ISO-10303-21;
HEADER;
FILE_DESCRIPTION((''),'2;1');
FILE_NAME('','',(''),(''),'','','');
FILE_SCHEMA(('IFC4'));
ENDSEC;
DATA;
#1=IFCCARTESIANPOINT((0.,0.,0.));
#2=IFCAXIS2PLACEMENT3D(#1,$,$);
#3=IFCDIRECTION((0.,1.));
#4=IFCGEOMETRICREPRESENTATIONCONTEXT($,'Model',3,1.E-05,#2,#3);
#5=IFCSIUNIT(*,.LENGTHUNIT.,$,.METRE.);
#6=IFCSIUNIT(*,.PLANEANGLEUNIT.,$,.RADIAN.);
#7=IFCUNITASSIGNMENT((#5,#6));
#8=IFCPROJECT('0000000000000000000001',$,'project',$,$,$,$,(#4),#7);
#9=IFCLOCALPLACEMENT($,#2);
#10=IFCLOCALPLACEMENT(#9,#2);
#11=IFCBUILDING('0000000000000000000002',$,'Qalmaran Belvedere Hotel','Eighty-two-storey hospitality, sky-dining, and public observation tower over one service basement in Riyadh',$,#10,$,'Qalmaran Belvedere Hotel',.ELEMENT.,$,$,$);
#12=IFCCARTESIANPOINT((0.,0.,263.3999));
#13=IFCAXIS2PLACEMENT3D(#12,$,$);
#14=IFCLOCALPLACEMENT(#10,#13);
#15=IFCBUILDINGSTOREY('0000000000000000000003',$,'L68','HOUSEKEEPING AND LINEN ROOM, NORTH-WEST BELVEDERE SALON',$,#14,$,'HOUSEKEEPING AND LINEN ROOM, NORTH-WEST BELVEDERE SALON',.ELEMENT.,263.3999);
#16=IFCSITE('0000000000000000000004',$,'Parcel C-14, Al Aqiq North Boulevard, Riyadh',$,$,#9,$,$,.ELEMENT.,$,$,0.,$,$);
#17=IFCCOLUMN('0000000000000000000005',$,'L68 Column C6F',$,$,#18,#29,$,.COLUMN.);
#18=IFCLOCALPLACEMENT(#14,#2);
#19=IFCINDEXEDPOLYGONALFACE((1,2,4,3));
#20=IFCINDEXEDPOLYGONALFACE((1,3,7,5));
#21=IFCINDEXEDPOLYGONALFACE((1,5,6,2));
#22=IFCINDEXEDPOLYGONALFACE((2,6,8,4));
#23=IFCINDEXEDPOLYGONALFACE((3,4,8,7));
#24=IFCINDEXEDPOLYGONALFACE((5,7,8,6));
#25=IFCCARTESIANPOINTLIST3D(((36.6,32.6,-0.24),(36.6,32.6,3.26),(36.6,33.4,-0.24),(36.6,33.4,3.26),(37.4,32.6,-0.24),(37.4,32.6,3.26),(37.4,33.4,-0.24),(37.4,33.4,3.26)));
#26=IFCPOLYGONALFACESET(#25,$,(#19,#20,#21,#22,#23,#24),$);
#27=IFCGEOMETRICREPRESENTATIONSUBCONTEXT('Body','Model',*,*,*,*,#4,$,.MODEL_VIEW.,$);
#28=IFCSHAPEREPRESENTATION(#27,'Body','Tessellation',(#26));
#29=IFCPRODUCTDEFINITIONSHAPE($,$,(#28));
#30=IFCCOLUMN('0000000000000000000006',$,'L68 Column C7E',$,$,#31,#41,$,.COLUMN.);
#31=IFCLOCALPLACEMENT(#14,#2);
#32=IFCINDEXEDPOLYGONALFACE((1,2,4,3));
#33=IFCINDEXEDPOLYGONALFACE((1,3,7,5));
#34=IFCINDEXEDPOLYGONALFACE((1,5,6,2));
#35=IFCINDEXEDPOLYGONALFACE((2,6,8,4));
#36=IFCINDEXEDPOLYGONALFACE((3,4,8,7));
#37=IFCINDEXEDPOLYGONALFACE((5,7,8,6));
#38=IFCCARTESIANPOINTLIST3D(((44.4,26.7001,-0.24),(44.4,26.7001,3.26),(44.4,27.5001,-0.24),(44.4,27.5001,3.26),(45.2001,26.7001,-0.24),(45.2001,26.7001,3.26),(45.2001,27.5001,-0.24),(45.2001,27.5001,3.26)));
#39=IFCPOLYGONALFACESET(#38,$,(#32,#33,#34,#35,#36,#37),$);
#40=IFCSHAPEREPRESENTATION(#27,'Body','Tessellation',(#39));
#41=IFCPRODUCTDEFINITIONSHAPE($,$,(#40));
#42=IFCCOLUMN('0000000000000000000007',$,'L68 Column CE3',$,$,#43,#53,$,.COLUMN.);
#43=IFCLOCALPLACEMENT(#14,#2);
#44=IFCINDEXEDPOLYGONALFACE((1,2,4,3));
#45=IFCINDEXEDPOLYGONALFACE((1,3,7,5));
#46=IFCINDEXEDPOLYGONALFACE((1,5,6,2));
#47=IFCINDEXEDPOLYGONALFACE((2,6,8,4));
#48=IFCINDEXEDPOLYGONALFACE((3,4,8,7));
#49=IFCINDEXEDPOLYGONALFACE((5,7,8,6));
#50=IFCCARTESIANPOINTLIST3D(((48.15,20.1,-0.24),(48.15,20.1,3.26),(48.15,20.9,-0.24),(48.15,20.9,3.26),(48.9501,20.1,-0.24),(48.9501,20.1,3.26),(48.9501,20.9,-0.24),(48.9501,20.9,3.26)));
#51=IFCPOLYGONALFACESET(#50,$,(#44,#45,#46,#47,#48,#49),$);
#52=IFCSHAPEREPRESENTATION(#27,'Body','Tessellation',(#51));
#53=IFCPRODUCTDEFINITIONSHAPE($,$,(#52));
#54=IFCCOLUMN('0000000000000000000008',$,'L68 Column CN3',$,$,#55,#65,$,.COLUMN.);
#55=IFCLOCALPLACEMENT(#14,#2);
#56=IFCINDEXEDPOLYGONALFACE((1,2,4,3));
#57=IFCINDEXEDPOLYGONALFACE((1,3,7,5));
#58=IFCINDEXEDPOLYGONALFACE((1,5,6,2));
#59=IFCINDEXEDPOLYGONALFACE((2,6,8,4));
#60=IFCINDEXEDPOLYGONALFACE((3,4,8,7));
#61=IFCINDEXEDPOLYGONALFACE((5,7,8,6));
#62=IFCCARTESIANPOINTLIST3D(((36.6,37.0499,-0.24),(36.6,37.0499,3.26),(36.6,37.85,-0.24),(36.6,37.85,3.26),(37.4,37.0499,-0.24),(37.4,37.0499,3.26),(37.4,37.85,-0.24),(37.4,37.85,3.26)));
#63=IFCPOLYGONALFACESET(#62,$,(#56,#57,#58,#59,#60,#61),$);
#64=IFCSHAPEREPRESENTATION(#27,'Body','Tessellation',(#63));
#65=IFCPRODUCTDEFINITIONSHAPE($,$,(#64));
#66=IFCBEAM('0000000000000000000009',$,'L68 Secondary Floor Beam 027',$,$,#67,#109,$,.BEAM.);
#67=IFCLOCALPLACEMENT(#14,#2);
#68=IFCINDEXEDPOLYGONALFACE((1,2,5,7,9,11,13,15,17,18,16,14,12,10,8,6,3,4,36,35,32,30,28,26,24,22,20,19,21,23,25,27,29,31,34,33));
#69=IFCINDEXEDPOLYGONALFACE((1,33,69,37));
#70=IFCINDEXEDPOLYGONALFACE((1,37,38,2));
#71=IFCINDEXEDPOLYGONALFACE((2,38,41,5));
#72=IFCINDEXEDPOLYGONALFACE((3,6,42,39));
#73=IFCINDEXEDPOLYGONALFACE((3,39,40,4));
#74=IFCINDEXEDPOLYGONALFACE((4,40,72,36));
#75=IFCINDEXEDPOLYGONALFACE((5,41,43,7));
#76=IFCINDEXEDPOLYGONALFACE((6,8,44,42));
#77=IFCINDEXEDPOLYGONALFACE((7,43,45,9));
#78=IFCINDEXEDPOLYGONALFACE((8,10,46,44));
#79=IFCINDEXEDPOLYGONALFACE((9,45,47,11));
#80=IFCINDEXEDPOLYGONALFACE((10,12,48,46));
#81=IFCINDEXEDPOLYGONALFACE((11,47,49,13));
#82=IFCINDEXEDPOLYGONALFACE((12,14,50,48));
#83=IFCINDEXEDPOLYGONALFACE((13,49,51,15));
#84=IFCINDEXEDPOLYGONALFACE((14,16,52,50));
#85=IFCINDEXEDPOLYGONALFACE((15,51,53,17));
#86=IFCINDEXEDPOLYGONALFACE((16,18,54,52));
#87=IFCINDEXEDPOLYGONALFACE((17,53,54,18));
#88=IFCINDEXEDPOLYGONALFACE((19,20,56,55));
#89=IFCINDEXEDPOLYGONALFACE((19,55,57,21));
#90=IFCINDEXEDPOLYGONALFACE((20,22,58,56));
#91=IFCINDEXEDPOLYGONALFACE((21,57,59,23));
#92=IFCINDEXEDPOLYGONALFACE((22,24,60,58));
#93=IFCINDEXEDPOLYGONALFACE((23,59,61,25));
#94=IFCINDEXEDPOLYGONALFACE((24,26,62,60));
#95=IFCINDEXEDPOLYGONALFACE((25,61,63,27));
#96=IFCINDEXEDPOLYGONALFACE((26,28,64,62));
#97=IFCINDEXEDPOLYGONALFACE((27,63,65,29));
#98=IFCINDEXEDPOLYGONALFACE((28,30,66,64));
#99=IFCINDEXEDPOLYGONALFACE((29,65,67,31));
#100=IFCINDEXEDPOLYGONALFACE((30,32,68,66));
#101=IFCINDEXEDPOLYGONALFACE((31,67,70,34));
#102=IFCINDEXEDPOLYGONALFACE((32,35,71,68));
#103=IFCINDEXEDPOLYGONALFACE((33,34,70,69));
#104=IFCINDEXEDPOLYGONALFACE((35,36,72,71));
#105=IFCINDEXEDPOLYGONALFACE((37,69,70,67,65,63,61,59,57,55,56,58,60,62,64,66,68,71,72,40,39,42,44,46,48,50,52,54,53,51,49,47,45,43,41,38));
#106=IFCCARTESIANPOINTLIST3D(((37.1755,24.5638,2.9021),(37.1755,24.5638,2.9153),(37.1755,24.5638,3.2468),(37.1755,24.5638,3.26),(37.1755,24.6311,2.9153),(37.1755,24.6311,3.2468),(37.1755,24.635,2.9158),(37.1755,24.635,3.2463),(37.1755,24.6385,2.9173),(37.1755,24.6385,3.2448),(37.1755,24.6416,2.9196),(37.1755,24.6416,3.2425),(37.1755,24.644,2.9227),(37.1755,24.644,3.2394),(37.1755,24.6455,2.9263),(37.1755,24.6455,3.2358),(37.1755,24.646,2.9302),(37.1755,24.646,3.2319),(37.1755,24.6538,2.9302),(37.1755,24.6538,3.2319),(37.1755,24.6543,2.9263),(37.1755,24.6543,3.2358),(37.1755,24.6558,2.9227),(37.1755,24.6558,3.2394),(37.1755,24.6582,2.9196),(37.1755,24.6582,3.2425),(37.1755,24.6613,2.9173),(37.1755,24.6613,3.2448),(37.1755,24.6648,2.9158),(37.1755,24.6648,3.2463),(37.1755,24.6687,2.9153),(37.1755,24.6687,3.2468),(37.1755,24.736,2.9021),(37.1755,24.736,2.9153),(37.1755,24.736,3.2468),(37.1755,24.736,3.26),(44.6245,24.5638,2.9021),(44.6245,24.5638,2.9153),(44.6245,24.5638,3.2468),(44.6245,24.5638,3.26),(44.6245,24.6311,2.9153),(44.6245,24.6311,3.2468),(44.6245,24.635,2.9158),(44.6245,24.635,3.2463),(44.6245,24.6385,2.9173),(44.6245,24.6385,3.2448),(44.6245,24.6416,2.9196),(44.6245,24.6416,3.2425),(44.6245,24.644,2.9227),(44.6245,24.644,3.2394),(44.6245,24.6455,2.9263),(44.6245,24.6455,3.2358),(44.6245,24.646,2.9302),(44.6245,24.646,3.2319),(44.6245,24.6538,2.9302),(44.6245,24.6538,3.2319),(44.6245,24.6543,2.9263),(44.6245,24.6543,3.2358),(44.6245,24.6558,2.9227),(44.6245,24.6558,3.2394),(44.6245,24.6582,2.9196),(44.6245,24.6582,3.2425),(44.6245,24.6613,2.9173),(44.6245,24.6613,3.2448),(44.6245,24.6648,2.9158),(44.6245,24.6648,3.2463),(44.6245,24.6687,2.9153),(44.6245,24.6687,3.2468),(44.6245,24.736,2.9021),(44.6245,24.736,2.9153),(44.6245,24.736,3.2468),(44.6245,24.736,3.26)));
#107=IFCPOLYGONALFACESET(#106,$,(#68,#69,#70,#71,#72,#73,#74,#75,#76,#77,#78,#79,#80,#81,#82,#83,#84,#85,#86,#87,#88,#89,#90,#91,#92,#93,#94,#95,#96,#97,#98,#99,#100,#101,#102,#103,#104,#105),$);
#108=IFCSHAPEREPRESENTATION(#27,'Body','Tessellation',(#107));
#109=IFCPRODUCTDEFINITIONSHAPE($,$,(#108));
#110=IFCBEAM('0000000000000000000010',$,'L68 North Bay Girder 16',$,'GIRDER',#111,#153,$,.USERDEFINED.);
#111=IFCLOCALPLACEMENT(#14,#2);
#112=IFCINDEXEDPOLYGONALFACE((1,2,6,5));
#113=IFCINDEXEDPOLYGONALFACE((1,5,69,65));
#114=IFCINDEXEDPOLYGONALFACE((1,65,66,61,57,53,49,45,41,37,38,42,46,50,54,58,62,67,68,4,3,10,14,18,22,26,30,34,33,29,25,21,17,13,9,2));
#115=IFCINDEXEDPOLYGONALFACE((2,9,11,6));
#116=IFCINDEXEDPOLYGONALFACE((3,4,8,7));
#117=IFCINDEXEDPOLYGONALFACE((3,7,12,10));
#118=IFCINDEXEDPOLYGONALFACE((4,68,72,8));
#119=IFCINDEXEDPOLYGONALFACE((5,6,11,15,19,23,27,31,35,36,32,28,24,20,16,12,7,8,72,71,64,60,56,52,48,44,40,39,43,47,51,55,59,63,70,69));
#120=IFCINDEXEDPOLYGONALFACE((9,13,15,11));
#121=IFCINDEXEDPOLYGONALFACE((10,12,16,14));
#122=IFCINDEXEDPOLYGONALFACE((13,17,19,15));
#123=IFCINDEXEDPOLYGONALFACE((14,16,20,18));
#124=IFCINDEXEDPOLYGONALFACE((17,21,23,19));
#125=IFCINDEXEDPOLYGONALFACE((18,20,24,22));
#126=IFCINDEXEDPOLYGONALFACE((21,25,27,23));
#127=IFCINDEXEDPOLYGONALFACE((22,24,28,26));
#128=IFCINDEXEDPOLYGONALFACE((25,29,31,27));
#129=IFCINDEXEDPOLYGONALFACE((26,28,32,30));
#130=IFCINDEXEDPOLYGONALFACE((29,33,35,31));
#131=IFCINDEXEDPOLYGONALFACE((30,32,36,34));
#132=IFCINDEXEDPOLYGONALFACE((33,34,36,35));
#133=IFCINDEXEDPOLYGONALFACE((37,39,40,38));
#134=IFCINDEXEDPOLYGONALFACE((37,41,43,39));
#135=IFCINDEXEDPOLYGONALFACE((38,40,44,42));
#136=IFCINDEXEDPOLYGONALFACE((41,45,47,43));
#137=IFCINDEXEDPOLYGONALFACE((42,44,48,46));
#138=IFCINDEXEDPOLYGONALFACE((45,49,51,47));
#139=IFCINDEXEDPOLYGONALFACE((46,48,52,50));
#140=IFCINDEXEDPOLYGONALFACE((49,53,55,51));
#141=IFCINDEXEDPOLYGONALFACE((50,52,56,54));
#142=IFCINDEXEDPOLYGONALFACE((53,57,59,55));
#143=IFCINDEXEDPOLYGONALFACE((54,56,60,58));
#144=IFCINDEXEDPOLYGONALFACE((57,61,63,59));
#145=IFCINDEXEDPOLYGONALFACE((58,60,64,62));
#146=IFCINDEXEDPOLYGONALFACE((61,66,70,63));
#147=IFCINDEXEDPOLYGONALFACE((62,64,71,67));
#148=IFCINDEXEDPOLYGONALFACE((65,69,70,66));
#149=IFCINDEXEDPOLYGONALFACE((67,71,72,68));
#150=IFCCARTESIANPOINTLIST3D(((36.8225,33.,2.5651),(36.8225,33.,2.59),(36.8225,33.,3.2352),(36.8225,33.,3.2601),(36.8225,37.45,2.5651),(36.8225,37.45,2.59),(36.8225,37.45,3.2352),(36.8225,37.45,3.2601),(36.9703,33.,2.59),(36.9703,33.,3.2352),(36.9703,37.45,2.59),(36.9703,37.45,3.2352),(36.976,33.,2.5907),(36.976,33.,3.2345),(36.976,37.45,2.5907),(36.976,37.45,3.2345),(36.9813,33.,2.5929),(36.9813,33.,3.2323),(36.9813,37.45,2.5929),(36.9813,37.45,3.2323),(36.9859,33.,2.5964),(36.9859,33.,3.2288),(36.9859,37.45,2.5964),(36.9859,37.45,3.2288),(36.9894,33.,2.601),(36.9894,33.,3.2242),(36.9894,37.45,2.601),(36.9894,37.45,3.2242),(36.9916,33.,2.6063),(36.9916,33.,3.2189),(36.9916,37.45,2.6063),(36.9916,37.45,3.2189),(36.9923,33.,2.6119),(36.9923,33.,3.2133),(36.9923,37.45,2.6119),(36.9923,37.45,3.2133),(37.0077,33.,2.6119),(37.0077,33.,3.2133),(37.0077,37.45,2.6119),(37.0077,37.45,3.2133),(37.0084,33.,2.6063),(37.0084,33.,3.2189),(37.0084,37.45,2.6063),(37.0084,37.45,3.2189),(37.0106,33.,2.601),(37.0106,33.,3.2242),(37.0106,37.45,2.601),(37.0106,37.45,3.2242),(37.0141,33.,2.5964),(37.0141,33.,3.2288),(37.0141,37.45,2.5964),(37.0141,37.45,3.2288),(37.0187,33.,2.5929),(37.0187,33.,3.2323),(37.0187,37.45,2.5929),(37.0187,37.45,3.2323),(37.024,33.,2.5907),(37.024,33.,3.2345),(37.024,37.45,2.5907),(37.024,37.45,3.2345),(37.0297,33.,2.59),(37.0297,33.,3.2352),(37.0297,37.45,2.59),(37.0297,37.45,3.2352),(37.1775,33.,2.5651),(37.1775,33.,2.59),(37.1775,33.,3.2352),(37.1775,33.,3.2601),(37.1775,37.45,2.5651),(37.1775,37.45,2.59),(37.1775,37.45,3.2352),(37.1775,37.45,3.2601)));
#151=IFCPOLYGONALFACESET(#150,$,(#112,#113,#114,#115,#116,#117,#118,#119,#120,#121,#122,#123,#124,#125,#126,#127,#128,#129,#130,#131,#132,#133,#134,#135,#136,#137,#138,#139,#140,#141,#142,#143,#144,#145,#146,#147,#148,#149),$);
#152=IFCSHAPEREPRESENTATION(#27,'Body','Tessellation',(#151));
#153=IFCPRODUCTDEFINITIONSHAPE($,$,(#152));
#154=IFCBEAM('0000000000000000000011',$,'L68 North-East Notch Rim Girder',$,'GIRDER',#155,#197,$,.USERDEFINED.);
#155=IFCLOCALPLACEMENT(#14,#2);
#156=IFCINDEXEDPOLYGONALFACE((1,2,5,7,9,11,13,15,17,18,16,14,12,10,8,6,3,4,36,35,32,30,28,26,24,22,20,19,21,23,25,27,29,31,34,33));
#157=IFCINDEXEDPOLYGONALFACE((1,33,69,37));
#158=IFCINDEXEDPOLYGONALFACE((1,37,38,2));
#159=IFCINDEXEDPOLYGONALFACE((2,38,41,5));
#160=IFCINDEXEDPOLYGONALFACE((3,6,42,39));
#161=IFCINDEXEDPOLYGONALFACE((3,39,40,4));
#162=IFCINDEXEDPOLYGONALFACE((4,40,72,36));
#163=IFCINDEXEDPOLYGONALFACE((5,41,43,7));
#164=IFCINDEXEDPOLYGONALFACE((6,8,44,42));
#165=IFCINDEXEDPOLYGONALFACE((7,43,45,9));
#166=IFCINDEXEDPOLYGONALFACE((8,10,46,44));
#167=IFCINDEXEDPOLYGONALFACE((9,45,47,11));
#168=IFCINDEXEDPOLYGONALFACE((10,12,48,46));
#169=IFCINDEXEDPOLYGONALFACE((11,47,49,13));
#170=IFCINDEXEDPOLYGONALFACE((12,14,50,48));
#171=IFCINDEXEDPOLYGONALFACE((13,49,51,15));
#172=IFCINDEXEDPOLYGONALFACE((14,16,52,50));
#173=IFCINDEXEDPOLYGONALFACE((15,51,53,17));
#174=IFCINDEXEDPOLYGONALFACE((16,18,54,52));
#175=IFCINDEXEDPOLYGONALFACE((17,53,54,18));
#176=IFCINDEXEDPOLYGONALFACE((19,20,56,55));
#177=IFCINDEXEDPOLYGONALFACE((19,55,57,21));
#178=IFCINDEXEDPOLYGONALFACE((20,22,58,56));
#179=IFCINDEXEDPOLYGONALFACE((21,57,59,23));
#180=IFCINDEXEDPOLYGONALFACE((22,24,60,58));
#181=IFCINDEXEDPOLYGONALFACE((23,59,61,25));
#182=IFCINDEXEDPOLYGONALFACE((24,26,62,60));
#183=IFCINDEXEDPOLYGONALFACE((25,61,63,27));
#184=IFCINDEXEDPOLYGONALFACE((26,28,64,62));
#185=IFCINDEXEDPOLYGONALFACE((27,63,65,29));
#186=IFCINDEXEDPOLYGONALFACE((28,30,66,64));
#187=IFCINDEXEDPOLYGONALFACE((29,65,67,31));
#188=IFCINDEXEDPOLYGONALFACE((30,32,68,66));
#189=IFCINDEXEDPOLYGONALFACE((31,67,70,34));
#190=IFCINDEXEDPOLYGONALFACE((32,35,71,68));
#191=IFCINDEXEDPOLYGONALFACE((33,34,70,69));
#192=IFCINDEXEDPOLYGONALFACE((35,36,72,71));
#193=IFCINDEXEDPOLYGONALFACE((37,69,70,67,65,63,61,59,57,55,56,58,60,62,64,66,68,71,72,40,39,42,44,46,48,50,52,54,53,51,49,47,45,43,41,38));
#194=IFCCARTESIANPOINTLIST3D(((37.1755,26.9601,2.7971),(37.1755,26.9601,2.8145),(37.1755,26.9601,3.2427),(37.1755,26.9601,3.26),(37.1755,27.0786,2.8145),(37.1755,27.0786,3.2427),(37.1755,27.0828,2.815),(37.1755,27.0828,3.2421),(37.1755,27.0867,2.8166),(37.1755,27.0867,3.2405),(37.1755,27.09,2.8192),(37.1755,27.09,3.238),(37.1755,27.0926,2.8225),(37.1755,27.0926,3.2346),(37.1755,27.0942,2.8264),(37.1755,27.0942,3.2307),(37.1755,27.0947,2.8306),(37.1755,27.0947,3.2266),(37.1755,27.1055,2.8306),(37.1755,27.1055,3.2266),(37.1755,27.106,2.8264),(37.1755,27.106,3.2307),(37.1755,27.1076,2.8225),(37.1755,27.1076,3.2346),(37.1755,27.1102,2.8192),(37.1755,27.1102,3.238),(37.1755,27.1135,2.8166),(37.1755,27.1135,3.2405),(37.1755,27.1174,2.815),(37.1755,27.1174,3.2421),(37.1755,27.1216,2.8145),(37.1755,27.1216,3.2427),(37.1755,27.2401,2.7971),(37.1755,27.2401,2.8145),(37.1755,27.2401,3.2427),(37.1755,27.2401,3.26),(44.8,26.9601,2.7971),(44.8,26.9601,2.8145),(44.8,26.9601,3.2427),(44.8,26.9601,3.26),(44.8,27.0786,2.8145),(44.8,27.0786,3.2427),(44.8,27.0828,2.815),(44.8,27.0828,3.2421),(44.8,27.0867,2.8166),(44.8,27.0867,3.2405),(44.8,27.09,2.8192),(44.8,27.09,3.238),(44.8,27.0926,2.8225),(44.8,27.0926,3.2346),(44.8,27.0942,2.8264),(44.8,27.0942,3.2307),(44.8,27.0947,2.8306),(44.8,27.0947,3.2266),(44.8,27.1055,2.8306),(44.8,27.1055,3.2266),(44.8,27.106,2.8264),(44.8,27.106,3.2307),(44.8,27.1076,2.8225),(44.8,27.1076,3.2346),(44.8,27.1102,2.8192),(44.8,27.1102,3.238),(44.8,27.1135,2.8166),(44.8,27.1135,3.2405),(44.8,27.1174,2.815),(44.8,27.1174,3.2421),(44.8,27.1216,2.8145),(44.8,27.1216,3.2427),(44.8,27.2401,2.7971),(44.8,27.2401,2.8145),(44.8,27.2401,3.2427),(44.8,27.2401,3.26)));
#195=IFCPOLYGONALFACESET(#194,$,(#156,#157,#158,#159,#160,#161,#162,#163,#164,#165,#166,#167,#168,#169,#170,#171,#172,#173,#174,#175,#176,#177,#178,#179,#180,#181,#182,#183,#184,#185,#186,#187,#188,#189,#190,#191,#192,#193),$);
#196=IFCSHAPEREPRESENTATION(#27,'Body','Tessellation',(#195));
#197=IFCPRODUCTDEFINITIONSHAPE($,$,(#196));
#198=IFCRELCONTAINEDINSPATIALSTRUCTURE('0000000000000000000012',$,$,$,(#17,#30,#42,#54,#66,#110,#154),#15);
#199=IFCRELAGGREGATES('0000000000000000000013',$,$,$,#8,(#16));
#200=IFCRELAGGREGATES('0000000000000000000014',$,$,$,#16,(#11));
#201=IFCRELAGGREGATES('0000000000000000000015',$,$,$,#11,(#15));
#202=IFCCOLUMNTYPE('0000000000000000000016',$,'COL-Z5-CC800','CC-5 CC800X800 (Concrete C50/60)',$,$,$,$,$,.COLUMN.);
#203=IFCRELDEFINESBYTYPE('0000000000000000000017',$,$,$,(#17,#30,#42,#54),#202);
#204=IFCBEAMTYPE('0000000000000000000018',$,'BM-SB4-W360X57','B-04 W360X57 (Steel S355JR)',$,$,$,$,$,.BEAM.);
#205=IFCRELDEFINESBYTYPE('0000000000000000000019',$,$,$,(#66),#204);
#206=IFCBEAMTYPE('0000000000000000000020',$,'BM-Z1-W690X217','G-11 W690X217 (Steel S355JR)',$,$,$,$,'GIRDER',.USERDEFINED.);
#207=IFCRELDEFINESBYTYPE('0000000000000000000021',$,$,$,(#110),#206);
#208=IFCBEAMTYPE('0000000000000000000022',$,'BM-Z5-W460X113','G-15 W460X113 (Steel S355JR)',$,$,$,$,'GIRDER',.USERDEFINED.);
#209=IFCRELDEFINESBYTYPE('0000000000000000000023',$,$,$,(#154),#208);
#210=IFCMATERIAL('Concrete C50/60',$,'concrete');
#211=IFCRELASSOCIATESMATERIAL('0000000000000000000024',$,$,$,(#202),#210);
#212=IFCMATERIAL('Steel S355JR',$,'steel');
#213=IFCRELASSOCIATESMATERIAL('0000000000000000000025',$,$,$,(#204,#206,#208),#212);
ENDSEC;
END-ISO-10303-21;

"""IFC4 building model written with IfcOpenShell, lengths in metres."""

from ifc_helpers import new_model, si_unit, direction, frame, origin, origin_2d, place, context, subcontext, project, spatial, rectangle, i_section, extrude, material, material_profile, profile_set, type_object, element, save


model = new_model("IFC4")

# Units and contexts
model_context = context("Model", 3, precision=1e-05, world=origin(), true_north=direction((0.0, 1.0)))
body_context = subcontext(model_context, "Body", "Model", "MODEL_VIEW")
ifc_project = project(units=[si_unit("LENGTHUNIT", "METRE"), si_unit("PLANEANGLEUNIT", "RADIAN")], contexts=[model_context])

# Site, building, storey
site_placement = place(None, origin())
site = spatial("IfcSite", under=ifc_project, at=site_placement, Name="Parcel C-14, Al Aqiq North Boulevard, Riyadh", CompositionType="ELEMENT", RefElevation=0.0)
building_placement = place(site_placement, origin())
building = spatial("IfcBuilding", under=site, at=building_placement, Name="Qalmaran Belvedere Hotel", Description="Eighty-two-storey hospitality, sky-dining, and public observation tower over one service basement in Riyadh", LongName="Qalmaran Belvedere Hotel", CompositionType="ELEMENT")
storey_placement = place(building_placement, frame((0.0, 0.0, 263.3999)))
storey = spatial("IfcBuildingStorey", under=building, at=storey_placement, Name="L68", Description="HOUSEKEEPING AND LINEN ROOM, NORTH-WEST BELVEDERE SALON", LongName="HOUSEKEEPING AND LINEN ROOM, NORTH-WEST BELVEDERE SALON", CompositionType="ELEMENT", Elevation=263.3999)

# Columns
ifc_material_1 = material(Name="Concrete C50/60", Category="concrete")
ifc_material_profile_1 = material_profile(ifc_material_1, rectangle(XDim=0.8, YDim=0.8, at=origin_2d()), Name="CC800X800")
ifc_profile_set_1 = profile_set([ifc_material_profile_1], Name="Concrete C50/60")
column_type = type_object("IfcColumnType", Name="COL-Z5-CC800", Description="CC-5 CC800X800 (Concrete C50/60)", PredefinedType="COLUMN", material=ifc_profile_set_1)
for number, where, z_axis, x_axis, name in (
    (1, (37.0, 33.0, -0.24), (0.0, 0.0, 1.0), (1.0, 0.0, 0.0), "L68 Column C6F"),
    (2, (44.8, 27.1001, -0.24), (0.0, 0.0, 1.0), (1.0, 0.0, 0.0), "L68 Column C7E"),
    (3, (48.55, 20.5, -0.24), (0.0, 0.0, 1.0), (1.0, 0.0, 0.0), "L68 Column CE3"),
    (4, (37.0, 37.45, -0.24), (0.0, 0.0, 1.0), (1.0, 0.0, 0.0), "L68 Column CN3"),
):
    element("IfcColumn", number, at=place(storey_placement, frame(where, z_axis=z_axis, x_axis=x_axis)), inside=storey, type_object=column_type, Name=name, PredefinedType="COLUMN", context=body_context, shape_type="SweptSolid", body=[
        extrude(rectangle(XDim=0.8, YDim=0.8, at=origin_2d()), origin(), (0.0, 0.0, 1.0), 3.5),
    ])

# Beams
ifc_material_2 = material(Name="Steel S355JR", Category="steel")
ifc_material_profile_2 = material_profile(ifc_material_2, i_section(OverallWidth=0.1721, OverallDepth=0.3579, WebThickness=0.0078, FlangeThickness=0.0132, FilletRadius=0.0149, at=origin_2d()), Name="W360X57")
ifc_profile_set_2 = profile_set([ifc_material_profile_2], Name="Steel S355JR")
beam_type_1 = type_object("IfcBeamType", Name="BM-SB4-W360X57", Description="B-04 W360X57 (Steel S355JR)", PredefinedType="BEAM", material=ifc_profile_set_2)
beam_1_placement = place(storey_placement, frame((37.1755, 24.6499, 3.0811), z_axis=(1.0, 0.0, 0.0), x_axis=(0.0, 1.0, 0.0)))
element("IfcBeam", 5, at=beam_1_placement, inside=storey, type_object=beam_type_1, Name="L68 Secondary Floor Beam 027", PredefinedType="BEAM", context=body_context, shape_type="SweptSolid", body=[
    extrude(i_section(OverallWidth=0.1721, OverallDepth=0.3579, WebThickness=0.0078, FlangeThickness=0.0132, FilletRadius=0.0149, at=origin_2d()), origin(), (0.0, 0.0, 1.0), 7.449),
])
ifc_material_profile_3 = material_profile(ifc_material_2, i_section(OverallWidth=0.355, OverallDepth=0.6951, WebThickness=0.0154, FlangeThickness=0.0249, FilletRadius=0.022, at=origin_2d()), Name="W690X217")
ifc_profile_set_3 = profile_set([ifc_material_profile_3], Name="Steel S355JR")
beam_type_2 = type_object("IfcBeamType", Name="BM-Z1-W690X217", Description="G-11 W690X217 (Steel S355JR)", ElementType="GIRDER", PredefinedType="USERDEFINED", material=ifc_profile_set_3)
beam_2_placement = place(storey_placement, frame((37.0, 33.0, 2.9126), z_axis=(0.0, 1.0, 0.0), x_axis=(-1.0, 0.0, 0.0)))
element("IfcBeam", 6, at=beam_2_placement, inside=storey, type_object=beam_type_2, Name="L68 North Bay Girder 16", ObjectType="GIRDER", PredefinedType="USERDEFINED", context=body_context, shape_type="SweptSolid", body=[
    extrude(i_section(OverallWidth=0.355, OverallDepth=0.6951, WebThickness=0.0154, FlangeThickness=0.0249, FilletRadius=0.022, at=origin_2d()), origin(), (0.0, 0.0, 1.0), 4.45),
])
ifc_material_profile_4 = material_profile(ifc_material_2, i_section(OverallWidth=0.28, OverallDepth=0.4629, WebThickness=0.0107, FlangeThickness=0.0173, FilletRadius=0.0161, at=origin_2d()), Name="W460X113")
ifc_profile_set_4 = profile_set([ifc_material_profile_4], Name="Steel S355JR")
beam_type_3 = type_object("IfcBeamType", Name="BM-Z5-W460X113", Description="G-15 W460X113 (Steel S355JR)", ElementType="GIRDER", PredefinedType="USERDEFINED", material=ifc_profile_set_4)
beam_3_placement = place(storey_placement, frame((37.1755, 27.1001, 3.0286), z_axis=(1.0, 0.0, 0.0), x_axis=(0.0, 1.0, 0.0)))
element("IfcBeam", 7, at=beam_3_placement, inside=storey, type_object=beam_type_3, Name="L68 North-East Notch Rim Girder", ObjectType="GIRDER", PredefinedType="USERDEFINED", context=body_context, shape_type="SweptSolid", body=[
    extrude(i_section(OverallWidth=0.28, OverallDepth=0.4629, WebThickness=0.0107, FlangeThickness=0.0173, FilletRadius=0.0161, at=origin_2d()), origin(), (0.0, 0.0, 1.0), 7.6245),
])

save(model, "model.ifc")
